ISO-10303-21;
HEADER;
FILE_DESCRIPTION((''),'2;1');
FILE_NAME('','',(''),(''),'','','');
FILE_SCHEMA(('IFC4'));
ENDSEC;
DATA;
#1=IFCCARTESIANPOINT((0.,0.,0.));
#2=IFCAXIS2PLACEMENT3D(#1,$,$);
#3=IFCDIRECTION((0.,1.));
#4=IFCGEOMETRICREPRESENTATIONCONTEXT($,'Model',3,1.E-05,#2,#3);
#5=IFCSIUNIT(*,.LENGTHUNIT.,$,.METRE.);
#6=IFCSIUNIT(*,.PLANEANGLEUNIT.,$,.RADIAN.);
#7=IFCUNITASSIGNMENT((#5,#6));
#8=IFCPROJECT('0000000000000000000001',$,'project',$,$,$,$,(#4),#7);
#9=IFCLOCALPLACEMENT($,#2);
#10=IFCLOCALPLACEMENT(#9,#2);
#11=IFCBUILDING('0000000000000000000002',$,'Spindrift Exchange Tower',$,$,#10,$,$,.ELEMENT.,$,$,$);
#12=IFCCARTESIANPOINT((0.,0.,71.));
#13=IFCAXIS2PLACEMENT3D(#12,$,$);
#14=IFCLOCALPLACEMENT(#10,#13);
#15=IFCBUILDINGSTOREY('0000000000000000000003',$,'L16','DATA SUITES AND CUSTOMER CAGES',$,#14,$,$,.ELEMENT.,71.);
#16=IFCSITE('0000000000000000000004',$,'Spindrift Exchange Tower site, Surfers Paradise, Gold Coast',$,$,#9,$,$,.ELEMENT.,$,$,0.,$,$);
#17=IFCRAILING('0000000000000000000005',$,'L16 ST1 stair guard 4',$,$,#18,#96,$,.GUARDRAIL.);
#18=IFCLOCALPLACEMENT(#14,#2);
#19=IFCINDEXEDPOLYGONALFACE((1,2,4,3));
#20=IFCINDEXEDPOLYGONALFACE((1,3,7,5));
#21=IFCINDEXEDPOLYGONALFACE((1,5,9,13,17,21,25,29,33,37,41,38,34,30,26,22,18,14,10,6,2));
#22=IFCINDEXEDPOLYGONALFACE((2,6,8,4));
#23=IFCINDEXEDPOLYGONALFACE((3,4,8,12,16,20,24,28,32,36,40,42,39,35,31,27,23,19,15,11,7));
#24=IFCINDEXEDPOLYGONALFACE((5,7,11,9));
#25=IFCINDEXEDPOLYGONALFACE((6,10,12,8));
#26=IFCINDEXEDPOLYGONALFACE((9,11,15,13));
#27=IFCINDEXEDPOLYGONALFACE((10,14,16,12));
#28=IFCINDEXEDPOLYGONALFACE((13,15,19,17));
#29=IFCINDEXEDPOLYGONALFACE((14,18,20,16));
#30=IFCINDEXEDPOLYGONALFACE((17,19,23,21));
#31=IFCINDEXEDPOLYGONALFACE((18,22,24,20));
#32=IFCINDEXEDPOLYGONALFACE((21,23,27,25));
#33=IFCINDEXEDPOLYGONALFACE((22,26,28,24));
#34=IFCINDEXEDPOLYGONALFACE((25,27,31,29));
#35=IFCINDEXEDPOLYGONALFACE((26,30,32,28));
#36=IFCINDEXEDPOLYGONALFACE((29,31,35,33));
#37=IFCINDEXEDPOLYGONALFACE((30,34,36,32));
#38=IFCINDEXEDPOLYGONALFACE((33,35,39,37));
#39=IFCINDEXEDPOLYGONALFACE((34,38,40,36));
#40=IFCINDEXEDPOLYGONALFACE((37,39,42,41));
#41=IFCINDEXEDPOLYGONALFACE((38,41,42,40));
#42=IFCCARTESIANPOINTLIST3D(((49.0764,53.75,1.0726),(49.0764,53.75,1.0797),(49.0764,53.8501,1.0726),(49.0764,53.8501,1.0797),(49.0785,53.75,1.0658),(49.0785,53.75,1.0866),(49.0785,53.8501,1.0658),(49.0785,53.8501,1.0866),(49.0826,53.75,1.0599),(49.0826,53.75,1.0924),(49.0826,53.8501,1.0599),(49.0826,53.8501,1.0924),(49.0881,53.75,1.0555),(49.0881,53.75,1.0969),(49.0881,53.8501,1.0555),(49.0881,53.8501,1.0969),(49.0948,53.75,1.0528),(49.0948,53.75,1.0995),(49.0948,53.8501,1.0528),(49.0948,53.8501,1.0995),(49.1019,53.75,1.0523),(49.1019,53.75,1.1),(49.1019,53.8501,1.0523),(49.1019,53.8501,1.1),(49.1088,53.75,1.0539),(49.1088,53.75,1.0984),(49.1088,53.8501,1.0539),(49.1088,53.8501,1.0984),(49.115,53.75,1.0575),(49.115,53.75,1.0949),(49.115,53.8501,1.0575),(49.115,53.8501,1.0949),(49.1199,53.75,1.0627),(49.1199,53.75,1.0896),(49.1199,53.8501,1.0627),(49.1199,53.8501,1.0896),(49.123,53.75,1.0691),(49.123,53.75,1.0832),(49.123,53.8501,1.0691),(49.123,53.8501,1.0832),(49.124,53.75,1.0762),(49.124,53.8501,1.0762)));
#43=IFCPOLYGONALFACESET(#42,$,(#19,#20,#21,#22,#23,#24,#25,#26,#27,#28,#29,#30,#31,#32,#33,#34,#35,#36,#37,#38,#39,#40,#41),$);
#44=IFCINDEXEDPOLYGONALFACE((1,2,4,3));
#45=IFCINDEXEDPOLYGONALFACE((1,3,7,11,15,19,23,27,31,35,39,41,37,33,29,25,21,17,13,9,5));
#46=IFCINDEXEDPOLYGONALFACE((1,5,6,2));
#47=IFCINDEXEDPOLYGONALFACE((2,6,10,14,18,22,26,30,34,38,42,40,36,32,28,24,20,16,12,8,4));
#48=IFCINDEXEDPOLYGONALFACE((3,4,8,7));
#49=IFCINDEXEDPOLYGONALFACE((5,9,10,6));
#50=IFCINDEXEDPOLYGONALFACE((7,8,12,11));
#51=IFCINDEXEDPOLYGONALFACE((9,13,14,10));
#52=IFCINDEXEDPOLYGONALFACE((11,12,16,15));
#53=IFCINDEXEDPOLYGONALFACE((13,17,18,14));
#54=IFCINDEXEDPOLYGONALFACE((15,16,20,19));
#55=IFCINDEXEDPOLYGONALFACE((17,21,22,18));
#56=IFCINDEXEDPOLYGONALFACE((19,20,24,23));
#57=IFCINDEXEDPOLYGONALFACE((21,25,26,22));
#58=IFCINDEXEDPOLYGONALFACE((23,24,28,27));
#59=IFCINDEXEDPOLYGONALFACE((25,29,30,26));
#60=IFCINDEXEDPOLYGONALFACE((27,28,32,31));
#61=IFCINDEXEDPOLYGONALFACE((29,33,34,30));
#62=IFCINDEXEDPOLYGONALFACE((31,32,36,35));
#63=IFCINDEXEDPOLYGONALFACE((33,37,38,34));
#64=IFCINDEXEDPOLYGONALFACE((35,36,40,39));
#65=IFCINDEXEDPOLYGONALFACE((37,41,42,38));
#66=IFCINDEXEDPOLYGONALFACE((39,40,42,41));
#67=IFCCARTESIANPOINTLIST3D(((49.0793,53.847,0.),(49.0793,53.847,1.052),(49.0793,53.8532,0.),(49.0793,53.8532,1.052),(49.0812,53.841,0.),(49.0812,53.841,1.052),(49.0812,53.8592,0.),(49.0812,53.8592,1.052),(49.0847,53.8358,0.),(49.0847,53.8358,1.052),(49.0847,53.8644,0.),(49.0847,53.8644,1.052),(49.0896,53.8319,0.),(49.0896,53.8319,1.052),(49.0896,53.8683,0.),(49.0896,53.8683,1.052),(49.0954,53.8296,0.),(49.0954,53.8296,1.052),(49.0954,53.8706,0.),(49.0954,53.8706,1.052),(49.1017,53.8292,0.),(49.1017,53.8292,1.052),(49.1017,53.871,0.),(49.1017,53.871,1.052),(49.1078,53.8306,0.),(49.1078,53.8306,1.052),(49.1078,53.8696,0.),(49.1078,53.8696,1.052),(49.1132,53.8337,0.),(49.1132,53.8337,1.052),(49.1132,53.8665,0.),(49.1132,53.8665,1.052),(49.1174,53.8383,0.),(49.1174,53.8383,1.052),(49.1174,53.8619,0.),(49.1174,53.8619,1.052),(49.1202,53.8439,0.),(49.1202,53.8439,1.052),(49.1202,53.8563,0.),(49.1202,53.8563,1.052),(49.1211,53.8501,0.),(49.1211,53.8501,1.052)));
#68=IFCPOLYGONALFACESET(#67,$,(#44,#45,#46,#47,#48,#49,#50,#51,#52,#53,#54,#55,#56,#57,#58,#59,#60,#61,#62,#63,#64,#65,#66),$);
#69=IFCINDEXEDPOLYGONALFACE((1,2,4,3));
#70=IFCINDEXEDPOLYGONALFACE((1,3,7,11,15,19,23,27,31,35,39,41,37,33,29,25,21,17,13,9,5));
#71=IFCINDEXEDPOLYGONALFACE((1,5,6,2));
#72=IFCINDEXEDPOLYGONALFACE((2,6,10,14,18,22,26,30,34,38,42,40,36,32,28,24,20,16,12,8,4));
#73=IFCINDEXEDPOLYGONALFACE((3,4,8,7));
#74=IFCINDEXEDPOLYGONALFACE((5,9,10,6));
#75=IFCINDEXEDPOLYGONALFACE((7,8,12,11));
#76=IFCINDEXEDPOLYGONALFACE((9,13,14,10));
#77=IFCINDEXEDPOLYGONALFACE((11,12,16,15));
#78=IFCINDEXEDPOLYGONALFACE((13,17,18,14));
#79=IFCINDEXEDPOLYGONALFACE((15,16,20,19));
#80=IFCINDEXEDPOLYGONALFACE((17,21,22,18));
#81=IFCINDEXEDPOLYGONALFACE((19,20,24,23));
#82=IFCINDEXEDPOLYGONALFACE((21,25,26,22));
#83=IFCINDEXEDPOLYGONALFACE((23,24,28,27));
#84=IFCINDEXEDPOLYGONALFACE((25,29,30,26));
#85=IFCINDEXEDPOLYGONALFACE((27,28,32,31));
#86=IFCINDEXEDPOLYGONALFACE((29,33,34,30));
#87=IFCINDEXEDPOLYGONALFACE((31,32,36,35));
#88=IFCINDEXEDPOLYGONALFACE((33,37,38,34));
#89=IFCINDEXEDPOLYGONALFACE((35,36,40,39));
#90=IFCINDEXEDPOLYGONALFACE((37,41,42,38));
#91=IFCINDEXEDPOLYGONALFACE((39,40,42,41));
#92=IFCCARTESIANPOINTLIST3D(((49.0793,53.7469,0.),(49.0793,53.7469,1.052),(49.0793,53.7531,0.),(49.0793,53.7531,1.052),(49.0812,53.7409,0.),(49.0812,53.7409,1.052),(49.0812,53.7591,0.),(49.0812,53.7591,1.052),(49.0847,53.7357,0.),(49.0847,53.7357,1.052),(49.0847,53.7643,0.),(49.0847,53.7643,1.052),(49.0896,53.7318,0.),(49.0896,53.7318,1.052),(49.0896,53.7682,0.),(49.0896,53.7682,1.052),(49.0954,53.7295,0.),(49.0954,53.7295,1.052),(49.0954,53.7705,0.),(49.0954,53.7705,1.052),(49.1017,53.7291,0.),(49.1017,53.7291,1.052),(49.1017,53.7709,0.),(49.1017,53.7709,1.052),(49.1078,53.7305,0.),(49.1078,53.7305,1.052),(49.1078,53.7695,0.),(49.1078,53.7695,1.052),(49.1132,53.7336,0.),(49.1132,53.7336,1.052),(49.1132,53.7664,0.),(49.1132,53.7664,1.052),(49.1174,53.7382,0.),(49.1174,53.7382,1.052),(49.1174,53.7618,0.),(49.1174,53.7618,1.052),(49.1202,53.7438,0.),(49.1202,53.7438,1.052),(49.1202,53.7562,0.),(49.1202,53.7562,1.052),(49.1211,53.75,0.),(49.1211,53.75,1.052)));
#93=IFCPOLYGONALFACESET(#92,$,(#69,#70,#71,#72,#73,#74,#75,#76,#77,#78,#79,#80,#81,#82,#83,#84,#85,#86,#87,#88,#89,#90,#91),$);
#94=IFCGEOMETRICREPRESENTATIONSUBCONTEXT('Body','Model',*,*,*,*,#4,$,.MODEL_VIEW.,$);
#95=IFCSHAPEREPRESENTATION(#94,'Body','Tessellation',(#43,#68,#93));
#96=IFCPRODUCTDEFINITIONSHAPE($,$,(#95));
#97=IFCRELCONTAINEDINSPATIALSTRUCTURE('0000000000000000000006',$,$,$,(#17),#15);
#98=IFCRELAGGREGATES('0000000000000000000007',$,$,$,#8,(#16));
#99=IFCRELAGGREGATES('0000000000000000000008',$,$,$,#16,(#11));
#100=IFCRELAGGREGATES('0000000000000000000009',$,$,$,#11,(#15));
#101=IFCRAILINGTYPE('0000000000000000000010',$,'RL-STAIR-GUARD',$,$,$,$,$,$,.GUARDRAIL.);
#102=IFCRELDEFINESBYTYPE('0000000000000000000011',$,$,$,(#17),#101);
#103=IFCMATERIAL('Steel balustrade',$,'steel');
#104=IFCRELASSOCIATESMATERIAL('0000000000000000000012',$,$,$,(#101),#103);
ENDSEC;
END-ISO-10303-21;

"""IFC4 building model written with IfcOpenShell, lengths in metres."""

from ifc_helpers import new_model, si_unit, direction, frame, origin, origin_2d, place, context, subcontext, project, spatial, circle, extrude, material, type_object, element, save


model = new_model("IFC4")

# Units and contexts
model_context = context("Model", 3, precision=1e-05, world=origin(), true_north=direction((0.0, 1.0)))
body_context = subcontext(model_context, "Body", "Model", "MODEL_VIEW")
ifc_project = project(units=[si_unit("LENGTHUNIT", "METRE"), si_unit("PLANEANGLEUNIT", "RADIAN")], contexts=[model_context])

# Site, building, storey
site_placement = place(None, origin())
site = spatial("IfcSite", under=ifc_project, at=site_placement, Name="Spindrift Exchange Tower site, Surfers Paradise, Gold Coast", CompositionType="ELEMENT", RefElevation=0.0)
building_placement = place(site_placement, origin())
building = spatial("IfcBuilding", under=site, at=building_placement, Name="Spindrift Exchange Tower", CompositionType="ELEMENT")
storey_placement = place(building_placement, frame((0.0, 0.0, 71.0)))
storey = spatial("IfcBuildingStorey", under=building, at=storey_placement, Name="L16", Description="DATA SUITES AND CUSTOMER CAGES", CompositionType="ELEMENT", Elevation=71.0)

# Railing
ifc_material_1 = material(Name="Steel balustrade", Category="steel")
railing_type_1 = type_object("IfcRailingType", Name="RL-STAIR-GUARD", PredefinedType="GUARDRAIL", material=ifc_material_1)
railing_1_placement = place(storey_placement, frame((49.1001, 53.8501, 0.0)))
element("IfcRailing", 1, at=railing_1_placement, inside=storey, type_object=railing_type_1, Name="L16 ST1 stair guard 4", PredefinedType="GUARDRAIL", context=body_context, shape_type="SweptSolid", body=[
    extrude(circle(Radius=0.0239, at=origin_2d()), frame((0.0, 0.0, 1.0762), z_axis=(0.0, -1.0, 0.0), x_axis=(1.0, 0.0, 0.0)), (0.0, 0.0, 1.0), 0.1001),
    extrude(circle(Radius=0.021, at=origin_2d()), origin(), (0.0, 0.0, 1.0), 1.052),
    extrude(circle(Radius=0.021, at=origin_2d()), frame((0.0, -0.1001, 0.0)), (0.0, 0.0, 1.0), 1.052),
])

save(model, "model.ifc")
